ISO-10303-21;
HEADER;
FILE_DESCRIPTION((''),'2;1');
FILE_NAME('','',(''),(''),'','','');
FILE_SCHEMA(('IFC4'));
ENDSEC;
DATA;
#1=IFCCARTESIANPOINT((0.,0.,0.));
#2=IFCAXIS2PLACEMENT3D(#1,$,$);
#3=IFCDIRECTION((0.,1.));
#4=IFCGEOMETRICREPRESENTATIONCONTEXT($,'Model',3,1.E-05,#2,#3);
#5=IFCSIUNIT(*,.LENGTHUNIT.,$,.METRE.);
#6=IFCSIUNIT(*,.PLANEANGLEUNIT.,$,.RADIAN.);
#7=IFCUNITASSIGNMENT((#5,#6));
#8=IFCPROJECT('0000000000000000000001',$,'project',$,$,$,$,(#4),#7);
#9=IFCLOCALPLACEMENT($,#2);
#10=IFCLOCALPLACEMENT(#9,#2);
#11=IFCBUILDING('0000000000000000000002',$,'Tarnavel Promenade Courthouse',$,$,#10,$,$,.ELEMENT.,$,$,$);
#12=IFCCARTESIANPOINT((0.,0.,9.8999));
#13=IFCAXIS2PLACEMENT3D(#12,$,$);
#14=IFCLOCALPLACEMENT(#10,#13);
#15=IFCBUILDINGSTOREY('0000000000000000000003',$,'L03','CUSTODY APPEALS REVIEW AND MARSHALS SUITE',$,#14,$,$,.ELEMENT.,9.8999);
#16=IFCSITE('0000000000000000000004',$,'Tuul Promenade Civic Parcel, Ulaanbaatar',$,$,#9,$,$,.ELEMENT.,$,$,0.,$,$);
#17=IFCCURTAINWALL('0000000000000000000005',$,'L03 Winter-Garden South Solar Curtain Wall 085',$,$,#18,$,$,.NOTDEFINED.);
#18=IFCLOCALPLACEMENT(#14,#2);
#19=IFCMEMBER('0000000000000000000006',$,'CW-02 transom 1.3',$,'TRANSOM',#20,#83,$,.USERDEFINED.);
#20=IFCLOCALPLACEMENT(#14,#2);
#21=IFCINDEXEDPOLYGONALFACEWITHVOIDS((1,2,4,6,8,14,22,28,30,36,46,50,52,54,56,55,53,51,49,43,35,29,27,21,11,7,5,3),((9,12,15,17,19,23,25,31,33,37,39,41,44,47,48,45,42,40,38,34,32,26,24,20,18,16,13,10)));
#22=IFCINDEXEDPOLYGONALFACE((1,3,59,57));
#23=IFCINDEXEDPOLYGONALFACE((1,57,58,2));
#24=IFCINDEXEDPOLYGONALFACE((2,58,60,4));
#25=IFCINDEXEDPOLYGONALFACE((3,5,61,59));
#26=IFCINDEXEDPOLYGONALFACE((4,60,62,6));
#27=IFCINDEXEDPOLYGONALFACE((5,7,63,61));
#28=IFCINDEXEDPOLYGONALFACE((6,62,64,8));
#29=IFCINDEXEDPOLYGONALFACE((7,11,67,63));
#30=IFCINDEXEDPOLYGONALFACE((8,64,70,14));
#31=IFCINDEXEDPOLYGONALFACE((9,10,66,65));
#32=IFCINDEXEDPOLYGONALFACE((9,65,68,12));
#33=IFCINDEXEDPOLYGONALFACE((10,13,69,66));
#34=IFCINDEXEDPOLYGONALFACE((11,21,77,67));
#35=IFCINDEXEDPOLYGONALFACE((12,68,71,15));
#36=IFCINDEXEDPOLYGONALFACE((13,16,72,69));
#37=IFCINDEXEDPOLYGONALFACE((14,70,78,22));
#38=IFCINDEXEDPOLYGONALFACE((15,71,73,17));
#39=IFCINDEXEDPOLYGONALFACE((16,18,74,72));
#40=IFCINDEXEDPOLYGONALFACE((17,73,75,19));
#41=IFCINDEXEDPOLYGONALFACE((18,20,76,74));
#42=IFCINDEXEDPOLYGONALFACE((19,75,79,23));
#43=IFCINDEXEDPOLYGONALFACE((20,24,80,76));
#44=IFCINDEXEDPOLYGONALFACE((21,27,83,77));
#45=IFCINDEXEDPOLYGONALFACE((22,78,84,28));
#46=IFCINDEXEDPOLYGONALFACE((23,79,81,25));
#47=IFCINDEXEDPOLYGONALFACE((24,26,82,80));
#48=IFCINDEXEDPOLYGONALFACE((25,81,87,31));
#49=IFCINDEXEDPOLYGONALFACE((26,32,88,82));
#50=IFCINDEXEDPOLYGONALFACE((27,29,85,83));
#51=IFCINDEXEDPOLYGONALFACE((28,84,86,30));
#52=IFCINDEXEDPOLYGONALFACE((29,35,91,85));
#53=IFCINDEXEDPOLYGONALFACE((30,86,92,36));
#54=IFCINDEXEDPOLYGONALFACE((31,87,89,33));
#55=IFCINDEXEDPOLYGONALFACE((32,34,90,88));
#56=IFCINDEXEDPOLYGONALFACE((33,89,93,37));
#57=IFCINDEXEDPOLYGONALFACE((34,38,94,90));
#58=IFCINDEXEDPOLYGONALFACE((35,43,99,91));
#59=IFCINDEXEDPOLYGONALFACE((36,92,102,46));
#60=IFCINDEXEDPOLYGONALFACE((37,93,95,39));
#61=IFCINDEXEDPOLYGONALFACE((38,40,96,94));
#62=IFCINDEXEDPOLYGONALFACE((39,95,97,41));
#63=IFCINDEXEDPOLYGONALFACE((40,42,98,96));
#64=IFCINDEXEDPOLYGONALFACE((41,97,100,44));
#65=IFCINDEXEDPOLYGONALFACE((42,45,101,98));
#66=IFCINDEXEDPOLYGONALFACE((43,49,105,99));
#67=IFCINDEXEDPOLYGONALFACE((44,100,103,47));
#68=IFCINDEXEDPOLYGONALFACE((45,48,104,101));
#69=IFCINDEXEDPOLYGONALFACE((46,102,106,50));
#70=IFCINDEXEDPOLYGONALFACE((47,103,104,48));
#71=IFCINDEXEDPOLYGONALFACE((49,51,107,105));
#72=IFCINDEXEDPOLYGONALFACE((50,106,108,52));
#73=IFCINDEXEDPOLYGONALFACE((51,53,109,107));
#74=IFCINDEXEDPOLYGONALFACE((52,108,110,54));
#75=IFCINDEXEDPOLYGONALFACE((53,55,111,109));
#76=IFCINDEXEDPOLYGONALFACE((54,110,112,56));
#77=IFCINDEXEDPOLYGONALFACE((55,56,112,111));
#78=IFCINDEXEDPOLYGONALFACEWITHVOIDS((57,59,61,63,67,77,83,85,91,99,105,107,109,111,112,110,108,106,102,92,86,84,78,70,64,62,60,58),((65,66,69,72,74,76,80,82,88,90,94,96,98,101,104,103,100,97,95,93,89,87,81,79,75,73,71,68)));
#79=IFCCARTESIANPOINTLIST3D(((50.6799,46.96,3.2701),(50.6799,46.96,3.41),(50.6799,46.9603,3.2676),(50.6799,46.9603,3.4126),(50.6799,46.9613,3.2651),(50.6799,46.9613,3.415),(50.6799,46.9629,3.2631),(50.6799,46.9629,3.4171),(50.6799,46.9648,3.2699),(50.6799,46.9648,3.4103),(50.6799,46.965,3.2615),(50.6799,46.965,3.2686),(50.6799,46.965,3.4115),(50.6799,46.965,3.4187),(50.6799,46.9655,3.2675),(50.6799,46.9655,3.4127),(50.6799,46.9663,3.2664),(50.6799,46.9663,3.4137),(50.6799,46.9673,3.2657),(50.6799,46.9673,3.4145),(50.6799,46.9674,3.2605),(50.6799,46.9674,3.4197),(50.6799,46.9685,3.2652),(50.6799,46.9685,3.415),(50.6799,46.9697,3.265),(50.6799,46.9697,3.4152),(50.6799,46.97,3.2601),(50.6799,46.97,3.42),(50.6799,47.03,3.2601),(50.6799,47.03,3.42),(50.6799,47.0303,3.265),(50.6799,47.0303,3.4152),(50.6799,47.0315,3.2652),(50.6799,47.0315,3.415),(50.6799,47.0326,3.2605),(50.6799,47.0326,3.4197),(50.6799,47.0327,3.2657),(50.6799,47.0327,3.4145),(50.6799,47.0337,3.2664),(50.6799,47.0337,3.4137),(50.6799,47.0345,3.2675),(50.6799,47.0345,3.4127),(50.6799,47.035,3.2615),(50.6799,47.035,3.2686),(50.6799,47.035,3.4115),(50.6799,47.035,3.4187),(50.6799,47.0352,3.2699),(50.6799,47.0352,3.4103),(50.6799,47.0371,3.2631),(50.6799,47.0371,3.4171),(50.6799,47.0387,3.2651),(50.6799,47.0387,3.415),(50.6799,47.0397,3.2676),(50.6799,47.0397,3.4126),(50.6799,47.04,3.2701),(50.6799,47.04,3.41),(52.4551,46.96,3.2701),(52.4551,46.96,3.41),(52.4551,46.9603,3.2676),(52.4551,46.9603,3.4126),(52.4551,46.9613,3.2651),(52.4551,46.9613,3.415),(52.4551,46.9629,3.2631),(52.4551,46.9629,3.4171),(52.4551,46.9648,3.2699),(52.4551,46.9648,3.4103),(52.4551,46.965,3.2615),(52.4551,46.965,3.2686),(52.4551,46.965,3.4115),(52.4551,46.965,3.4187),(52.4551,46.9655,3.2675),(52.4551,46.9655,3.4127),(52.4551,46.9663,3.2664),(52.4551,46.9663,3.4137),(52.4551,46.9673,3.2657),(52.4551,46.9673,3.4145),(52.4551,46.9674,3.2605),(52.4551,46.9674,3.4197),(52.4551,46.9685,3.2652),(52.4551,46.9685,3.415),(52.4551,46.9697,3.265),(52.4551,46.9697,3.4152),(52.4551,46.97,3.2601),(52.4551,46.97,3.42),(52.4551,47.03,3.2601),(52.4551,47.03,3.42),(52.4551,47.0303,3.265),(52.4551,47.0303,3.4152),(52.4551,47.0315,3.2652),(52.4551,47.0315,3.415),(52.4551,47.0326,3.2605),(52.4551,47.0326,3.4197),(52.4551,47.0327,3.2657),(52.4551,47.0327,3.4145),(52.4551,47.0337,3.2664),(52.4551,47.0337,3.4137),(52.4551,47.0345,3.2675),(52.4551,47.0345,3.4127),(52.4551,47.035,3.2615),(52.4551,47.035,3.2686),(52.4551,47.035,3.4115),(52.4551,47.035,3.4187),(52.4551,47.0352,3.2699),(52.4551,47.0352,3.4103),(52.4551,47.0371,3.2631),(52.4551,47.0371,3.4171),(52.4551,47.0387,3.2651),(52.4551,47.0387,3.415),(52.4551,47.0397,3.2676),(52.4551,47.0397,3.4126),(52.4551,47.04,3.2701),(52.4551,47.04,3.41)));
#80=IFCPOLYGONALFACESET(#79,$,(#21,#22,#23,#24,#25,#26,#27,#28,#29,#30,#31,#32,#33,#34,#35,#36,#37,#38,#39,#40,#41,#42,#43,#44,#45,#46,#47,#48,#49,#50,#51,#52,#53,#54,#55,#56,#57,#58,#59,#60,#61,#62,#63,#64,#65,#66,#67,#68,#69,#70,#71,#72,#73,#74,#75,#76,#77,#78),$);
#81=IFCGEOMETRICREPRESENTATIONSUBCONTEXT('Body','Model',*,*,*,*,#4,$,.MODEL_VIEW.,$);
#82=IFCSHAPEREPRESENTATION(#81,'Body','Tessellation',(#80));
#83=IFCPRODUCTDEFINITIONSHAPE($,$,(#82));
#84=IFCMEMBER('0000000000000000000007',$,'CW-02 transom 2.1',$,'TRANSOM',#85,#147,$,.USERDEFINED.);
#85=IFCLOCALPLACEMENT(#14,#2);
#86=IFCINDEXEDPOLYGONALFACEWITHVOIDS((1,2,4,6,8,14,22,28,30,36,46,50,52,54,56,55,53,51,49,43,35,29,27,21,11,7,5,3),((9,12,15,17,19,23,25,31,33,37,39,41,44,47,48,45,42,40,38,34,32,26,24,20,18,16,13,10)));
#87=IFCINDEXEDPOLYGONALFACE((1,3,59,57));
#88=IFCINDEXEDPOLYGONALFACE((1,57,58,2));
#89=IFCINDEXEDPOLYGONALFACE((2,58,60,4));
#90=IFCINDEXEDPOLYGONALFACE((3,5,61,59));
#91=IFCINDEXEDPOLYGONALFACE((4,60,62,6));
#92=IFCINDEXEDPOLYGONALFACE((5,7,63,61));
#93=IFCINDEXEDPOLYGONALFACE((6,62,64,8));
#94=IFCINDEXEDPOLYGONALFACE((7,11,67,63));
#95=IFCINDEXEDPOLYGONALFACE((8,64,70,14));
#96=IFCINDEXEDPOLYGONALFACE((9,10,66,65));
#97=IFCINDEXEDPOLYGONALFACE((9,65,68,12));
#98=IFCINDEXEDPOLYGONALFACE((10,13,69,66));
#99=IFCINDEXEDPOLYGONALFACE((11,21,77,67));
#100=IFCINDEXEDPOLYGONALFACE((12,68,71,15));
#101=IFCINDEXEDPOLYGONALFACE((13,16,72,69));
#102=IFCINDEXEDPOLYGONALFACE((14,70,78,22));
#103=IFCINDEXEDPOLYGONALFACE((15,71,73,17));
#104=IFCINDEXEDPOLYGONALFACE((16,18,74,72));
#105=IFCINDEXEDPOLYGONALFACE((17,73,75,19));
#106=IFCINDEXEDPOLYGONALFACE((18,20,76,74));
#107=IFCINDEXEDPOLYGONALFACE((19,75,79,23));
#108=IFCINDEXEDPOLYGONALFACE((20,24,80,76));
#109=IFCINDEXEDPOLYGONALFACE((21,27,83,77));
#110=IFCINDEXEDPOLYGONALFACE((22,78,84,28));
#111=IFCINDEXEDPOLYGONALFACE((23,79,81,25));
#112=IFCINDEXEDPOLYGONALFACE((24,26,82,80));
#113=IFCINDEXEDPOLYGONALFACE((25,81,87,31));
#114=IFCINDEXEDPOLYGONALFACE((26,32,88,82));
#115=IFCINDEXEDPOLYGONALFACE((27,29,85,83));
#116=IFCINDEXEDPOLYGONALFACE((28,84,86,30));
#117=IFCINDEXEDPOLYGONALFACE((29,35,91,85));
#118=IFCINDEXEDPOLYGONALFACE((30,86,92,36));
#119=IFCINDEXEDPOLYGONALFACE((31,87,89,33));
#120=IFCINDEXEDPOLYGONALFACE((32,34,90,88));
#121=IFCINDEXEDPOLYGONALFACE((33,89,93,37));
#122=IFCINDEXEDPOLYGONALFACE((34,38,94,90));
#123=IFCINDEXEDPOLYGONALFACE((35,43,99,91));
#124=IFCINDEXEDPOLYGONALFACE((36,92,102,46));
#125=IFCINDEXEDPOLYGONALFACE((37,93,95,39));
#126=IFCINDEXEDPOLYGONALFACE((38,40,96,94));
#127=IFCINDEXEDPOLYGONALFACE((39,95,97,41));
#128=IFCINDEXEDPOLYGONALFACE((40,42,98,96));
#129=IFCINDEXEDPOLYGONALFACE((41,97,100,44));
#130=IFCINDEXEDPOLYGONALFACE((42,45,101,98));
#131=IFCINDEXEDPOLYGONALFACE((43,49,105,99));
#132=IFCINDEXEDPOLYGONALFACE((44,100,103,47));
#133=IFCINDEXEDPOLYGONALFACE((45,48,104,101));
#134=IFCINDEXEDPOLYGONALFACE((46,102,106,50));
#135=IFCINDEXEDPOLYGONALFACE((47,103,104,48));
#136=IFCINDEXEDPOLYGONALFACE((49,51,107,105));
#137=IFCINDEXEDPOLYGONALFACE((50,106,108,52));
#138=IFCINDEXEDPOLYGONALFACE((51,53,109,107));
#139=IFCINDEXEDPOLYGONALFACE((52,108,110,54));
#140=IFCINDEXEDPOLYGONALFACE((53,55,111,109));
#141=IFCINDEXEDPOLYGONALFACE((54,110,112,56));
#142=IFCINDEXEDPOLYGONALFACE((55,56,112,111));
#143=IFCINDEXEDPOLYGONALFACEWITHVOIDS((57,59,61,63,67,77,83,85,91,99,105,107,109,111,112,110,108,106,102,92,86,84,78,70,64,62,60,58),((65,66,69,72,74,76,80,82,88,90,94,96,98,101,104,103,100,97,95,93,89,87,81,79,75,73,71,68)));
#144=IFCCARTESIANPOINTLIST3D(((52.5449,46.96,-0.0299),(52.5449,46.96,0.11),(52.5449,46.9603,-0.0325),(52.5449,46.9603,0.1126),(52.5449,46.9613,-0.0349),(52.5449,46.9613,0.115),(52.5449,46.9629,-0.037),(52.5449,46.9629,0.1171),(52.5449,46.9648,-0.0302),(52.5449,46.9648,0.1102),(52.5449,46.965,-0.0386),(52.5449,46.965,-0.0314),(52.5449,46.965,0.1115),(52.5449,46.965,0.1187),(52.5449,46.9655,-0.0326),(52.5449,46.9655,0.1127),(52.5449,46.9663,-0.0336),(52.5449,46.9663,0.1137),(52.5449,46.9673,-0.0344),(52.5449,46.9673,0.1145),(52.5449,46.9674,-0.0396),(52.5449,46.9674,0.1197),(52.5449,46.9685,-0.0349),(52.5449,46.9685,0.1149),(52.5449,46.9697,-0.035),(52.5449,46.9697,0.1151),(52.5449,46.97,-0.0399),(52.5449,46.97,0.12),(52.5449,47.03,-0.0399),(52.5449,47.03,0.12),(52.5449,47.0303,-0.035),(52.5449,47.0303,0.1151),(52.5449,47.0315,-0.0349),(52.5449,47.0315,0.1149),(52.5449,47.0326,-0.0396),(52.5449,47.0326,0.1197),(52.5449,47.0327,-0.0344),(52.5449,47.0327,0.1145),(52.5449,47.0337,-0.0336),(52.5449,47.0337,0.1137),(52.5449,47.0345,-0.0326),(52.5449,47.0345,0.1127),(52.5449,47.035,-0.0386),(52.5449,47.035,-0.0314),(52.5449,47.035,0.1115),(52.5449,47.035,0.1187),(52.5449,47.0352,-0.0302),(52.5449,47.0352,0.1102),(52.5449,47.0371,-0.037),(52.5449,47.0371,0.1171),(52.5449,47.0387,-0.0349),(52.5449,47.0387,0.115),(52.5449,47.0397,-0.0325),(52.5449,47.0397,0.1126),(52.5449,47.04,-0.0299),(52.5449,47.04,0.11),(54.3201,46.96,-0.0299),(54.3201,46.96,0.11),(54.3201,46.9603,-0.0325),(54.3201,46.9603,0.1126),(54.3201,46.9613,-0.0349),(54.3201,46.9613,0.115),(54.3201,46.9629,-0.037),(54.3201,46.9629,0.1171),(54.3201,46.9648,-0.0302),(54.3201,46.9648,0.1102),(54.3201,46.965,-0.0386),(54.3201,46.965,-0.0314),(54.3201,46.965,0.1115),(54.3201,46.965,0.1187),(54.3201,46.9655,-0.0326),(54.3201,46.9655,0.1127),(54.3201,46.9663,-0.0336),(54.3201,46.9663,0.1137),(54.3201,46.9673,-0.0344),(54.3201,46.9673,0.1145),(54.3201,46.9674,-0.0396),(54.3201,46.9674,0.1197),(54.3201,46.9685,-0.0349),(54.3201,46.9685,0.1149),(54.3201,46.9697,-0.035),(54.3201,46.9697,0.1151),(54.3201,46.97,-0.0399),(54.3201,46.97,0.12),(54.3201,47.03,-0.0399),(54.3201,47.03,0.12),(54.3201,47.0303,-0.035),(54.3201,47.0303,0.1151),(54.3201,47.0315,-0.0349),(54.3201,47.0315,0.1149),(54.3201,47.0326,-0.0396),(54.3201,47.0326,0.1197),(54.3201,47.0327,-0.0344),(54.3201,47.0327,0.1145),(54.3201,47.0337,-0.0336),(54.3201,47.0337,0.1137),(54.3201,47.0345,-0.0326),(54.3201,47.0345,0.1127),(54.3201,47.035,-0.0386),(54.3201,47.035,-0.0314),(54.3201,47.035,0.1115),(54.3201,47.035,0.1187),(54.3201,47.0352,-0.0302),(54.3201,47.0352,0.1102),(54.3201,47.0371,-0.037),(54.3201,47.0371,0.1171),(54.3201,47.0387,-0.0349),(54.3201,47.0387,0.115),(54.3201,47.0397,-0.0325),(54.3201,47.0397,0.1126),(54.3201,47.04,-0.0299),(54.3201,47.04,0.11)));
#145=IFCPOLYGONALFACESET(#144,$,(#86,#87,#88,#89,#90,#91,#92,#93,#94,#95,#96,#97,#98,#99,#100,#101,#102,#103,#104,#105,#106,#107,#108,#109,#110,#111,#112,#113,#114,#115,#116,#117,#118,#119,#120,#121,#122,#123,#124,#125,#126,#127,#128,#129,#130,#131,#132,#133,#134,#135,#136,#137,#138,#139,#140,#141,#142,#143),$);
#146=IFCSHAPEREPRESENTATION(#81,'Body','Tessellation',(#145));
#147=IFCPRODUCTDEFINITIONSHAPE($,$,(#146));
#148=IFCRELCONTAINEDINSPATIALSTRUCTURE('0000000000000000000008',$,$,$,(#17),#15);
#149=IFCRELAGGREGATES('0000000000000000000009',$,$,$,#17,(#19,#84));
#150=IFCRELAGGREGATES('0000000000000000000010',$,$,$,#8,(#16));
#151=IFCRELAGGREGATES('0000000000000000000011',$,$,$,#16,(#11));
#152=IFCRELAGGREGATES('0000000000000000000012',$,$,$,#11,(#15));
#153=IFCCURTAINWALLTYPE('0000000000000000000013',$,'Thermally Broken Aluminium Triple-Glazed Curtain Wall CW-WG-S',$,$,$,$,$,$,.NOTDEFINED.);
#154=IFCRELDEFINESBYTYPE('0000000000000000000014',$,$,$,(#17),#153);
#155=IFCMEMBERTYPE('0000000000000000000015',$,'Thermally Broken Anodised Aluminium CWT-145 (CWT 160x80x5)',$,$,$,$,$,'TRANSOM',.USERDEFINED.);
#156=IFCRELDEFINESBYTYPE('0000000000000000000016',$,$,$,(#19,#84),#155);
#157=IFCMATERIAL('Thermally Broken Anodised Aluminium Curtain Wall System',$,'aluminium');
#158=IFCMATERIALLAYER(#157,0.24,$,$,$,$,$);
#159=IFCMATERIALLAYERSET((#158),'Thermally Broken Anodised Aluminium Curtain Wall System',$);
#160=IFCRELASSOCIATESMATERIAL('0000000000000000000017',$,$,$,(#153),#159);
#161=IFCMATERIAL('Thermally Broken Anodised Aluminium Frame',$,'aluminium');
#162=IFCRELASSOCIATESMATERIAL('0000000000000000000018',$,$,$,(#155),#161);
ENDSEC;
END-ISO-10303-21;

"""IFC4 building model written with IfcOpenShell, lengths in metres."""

from ifc_helpers import new_model, si_unit, direction, frame, origin, origin_2d, place, context, subcontext, project, spatial, hollow_rectangle, extrude, material, layer, layer_set, material_profile, profile_set, type_object, element, aggregate, save


model = new_model("IFC4")

# Units and contexts
model_context = context("Model", 3, precision=1e-05, world=origin(), true_north=direction((0.0, 1.0)))
body_context = subcontext(model_context, "Body", "Model", "MODEL_VIEW")
ifc_project = project(units=[si_unit("LENGTHUNIT", "METRE"), si_unit("PLANEANGLEUNIT", "RADIAN")], contexts=[model_context])

# Site, building, storey
site_placement = place(None, origin())
site = spatial("IfcSite", under=ifc_project, at=site_placement, Name="Tuul Promenade Civic Parcel, Ulaanbaatar", CompositionType="ELEMENT", RefElevation=0.0)
building_placement = place(site_placement, origin())
building = spatial("IfcBuilding", under=site, at=building_placement, Name="Tarnavel Promenade Courthouse", CompositionType="ELEMENT")
storey_placement = place(building_placement, frame((0.0, 0.0, 9.8999)))
storey = spatial("IfcBuildingStorey", under=building, at=storey_placement, Name="L03", Description="CUSTODY APPEALS REVIEW AND MARSHALS SUITE", CompositionType="ELEMENT", Elevation=9.8999)

# Shared definitions
ifc_material_1 = material(Name="Thermally Broken Anodised Aluminium Curtain Wall System", Category="aluminium")
ifc_layer_1 = layer(ifc_material_1, 0.24)
ifc_layer_set_1 = layer_set([ifc_layer_1], Name="Thermally Broken Anodised Aluminium Curtain Wall System")
curtain_wall_type = type_object("IfcCurtainWallType", Name="Thermally Broken Aluminium Triple-Glazed Curtain Wall CW-WG-S", PredefinedType="NOTDEFINED", material=ifc_layer_set_1)
ifc_material_2 = material(Name="Thermally Broken Anodised Aluminium Frame", Category="aluminium")

# Curtain wall
curtain_wall_1_placement = place(storey_placement, origin())
curtain_wall_1 = element("IfcCurtainWall", 1, at=curtain_wall_1_placement, inside=storey, type_object=curtain_wall_type, Name="L03 Winter-Garden South Solar Curtain Wall 085", PredefinedType="NOTDEFINED")

# Members
ifc_material_profile_1 = material_profile(ifc_material_2, hollow_rectangle(XDim=0.0801, YDim=0.1599, WallThickness=0.0049, InnerFilletRadius=0.0049, OuterFilletRadius=0.01, at=origin_2d()), Name="CWT 160x80x5")
ifc_profile_set_1 = profile_set([ifc_material_profile_1], Name="Thermally Broken Anodised Aluminium Frame")
member_type_1 = type_object("IfcMemberType", Name="Thermally Broken Anodised Aluminium CWT-145 (CWT 160x80x5)", ElementType="TRANSOM", PredefinedType="USERDEFINED", material=ifc_profile_set_1)
member_1_placement = place(storey_placement, frame((50.6799, 47.0, 3.3401), z_axis=(1.0, 0.0, 0.0), x_axis=(0.0, 1.0, 0.0)))
member_1 = element("IfcMember", 2, at=member_1_placement, type_object=member_type_1, Name="CW-02 transom 1.3", ObjectType="TRANSOM", PredefinedType="USERDEFINED", context=body_context, shape_type="SweptSolid", body=[
    extrude(hollow_rectangle(XDim=0.0801, YDim=0.1599, WallThickness=0.0049, InnerFilletRadius=0.0049, OuterFilletRadius=0.01, at=origin_2d()), origin(), (0.0, 0.0, 1.0), 1.7751),
])
member_2_placement = place(storey_placement, frame((52.5449, 47.0, 0.04), z_axis=(1.0, 0.0, 0.0), x_axis=(0.0, 1.0, 0.0)))
member_2 = element("IfcMember", 3, at=member_2_placement, type_object=member_type_1, Name="CW-02 transom 2.1", ObjectType="TRANSOM", PredefinedType="USERDEFINED", context=body_context, shape_type="SweptSolid", body=[
    extrude(hollow_rectangle(XDim=0.0801, YDim=0.1599, WallThickness=0.0049, InnerFilletRadius=0.0049, OuterFilletRadius=0.01, at=origin_2d()), origin(), (0.0, 0.0, 1.0), 1.7751),
])

aggregate(curtain_wall_1, [member_1, member_2])

save(model, "model.ifc")
